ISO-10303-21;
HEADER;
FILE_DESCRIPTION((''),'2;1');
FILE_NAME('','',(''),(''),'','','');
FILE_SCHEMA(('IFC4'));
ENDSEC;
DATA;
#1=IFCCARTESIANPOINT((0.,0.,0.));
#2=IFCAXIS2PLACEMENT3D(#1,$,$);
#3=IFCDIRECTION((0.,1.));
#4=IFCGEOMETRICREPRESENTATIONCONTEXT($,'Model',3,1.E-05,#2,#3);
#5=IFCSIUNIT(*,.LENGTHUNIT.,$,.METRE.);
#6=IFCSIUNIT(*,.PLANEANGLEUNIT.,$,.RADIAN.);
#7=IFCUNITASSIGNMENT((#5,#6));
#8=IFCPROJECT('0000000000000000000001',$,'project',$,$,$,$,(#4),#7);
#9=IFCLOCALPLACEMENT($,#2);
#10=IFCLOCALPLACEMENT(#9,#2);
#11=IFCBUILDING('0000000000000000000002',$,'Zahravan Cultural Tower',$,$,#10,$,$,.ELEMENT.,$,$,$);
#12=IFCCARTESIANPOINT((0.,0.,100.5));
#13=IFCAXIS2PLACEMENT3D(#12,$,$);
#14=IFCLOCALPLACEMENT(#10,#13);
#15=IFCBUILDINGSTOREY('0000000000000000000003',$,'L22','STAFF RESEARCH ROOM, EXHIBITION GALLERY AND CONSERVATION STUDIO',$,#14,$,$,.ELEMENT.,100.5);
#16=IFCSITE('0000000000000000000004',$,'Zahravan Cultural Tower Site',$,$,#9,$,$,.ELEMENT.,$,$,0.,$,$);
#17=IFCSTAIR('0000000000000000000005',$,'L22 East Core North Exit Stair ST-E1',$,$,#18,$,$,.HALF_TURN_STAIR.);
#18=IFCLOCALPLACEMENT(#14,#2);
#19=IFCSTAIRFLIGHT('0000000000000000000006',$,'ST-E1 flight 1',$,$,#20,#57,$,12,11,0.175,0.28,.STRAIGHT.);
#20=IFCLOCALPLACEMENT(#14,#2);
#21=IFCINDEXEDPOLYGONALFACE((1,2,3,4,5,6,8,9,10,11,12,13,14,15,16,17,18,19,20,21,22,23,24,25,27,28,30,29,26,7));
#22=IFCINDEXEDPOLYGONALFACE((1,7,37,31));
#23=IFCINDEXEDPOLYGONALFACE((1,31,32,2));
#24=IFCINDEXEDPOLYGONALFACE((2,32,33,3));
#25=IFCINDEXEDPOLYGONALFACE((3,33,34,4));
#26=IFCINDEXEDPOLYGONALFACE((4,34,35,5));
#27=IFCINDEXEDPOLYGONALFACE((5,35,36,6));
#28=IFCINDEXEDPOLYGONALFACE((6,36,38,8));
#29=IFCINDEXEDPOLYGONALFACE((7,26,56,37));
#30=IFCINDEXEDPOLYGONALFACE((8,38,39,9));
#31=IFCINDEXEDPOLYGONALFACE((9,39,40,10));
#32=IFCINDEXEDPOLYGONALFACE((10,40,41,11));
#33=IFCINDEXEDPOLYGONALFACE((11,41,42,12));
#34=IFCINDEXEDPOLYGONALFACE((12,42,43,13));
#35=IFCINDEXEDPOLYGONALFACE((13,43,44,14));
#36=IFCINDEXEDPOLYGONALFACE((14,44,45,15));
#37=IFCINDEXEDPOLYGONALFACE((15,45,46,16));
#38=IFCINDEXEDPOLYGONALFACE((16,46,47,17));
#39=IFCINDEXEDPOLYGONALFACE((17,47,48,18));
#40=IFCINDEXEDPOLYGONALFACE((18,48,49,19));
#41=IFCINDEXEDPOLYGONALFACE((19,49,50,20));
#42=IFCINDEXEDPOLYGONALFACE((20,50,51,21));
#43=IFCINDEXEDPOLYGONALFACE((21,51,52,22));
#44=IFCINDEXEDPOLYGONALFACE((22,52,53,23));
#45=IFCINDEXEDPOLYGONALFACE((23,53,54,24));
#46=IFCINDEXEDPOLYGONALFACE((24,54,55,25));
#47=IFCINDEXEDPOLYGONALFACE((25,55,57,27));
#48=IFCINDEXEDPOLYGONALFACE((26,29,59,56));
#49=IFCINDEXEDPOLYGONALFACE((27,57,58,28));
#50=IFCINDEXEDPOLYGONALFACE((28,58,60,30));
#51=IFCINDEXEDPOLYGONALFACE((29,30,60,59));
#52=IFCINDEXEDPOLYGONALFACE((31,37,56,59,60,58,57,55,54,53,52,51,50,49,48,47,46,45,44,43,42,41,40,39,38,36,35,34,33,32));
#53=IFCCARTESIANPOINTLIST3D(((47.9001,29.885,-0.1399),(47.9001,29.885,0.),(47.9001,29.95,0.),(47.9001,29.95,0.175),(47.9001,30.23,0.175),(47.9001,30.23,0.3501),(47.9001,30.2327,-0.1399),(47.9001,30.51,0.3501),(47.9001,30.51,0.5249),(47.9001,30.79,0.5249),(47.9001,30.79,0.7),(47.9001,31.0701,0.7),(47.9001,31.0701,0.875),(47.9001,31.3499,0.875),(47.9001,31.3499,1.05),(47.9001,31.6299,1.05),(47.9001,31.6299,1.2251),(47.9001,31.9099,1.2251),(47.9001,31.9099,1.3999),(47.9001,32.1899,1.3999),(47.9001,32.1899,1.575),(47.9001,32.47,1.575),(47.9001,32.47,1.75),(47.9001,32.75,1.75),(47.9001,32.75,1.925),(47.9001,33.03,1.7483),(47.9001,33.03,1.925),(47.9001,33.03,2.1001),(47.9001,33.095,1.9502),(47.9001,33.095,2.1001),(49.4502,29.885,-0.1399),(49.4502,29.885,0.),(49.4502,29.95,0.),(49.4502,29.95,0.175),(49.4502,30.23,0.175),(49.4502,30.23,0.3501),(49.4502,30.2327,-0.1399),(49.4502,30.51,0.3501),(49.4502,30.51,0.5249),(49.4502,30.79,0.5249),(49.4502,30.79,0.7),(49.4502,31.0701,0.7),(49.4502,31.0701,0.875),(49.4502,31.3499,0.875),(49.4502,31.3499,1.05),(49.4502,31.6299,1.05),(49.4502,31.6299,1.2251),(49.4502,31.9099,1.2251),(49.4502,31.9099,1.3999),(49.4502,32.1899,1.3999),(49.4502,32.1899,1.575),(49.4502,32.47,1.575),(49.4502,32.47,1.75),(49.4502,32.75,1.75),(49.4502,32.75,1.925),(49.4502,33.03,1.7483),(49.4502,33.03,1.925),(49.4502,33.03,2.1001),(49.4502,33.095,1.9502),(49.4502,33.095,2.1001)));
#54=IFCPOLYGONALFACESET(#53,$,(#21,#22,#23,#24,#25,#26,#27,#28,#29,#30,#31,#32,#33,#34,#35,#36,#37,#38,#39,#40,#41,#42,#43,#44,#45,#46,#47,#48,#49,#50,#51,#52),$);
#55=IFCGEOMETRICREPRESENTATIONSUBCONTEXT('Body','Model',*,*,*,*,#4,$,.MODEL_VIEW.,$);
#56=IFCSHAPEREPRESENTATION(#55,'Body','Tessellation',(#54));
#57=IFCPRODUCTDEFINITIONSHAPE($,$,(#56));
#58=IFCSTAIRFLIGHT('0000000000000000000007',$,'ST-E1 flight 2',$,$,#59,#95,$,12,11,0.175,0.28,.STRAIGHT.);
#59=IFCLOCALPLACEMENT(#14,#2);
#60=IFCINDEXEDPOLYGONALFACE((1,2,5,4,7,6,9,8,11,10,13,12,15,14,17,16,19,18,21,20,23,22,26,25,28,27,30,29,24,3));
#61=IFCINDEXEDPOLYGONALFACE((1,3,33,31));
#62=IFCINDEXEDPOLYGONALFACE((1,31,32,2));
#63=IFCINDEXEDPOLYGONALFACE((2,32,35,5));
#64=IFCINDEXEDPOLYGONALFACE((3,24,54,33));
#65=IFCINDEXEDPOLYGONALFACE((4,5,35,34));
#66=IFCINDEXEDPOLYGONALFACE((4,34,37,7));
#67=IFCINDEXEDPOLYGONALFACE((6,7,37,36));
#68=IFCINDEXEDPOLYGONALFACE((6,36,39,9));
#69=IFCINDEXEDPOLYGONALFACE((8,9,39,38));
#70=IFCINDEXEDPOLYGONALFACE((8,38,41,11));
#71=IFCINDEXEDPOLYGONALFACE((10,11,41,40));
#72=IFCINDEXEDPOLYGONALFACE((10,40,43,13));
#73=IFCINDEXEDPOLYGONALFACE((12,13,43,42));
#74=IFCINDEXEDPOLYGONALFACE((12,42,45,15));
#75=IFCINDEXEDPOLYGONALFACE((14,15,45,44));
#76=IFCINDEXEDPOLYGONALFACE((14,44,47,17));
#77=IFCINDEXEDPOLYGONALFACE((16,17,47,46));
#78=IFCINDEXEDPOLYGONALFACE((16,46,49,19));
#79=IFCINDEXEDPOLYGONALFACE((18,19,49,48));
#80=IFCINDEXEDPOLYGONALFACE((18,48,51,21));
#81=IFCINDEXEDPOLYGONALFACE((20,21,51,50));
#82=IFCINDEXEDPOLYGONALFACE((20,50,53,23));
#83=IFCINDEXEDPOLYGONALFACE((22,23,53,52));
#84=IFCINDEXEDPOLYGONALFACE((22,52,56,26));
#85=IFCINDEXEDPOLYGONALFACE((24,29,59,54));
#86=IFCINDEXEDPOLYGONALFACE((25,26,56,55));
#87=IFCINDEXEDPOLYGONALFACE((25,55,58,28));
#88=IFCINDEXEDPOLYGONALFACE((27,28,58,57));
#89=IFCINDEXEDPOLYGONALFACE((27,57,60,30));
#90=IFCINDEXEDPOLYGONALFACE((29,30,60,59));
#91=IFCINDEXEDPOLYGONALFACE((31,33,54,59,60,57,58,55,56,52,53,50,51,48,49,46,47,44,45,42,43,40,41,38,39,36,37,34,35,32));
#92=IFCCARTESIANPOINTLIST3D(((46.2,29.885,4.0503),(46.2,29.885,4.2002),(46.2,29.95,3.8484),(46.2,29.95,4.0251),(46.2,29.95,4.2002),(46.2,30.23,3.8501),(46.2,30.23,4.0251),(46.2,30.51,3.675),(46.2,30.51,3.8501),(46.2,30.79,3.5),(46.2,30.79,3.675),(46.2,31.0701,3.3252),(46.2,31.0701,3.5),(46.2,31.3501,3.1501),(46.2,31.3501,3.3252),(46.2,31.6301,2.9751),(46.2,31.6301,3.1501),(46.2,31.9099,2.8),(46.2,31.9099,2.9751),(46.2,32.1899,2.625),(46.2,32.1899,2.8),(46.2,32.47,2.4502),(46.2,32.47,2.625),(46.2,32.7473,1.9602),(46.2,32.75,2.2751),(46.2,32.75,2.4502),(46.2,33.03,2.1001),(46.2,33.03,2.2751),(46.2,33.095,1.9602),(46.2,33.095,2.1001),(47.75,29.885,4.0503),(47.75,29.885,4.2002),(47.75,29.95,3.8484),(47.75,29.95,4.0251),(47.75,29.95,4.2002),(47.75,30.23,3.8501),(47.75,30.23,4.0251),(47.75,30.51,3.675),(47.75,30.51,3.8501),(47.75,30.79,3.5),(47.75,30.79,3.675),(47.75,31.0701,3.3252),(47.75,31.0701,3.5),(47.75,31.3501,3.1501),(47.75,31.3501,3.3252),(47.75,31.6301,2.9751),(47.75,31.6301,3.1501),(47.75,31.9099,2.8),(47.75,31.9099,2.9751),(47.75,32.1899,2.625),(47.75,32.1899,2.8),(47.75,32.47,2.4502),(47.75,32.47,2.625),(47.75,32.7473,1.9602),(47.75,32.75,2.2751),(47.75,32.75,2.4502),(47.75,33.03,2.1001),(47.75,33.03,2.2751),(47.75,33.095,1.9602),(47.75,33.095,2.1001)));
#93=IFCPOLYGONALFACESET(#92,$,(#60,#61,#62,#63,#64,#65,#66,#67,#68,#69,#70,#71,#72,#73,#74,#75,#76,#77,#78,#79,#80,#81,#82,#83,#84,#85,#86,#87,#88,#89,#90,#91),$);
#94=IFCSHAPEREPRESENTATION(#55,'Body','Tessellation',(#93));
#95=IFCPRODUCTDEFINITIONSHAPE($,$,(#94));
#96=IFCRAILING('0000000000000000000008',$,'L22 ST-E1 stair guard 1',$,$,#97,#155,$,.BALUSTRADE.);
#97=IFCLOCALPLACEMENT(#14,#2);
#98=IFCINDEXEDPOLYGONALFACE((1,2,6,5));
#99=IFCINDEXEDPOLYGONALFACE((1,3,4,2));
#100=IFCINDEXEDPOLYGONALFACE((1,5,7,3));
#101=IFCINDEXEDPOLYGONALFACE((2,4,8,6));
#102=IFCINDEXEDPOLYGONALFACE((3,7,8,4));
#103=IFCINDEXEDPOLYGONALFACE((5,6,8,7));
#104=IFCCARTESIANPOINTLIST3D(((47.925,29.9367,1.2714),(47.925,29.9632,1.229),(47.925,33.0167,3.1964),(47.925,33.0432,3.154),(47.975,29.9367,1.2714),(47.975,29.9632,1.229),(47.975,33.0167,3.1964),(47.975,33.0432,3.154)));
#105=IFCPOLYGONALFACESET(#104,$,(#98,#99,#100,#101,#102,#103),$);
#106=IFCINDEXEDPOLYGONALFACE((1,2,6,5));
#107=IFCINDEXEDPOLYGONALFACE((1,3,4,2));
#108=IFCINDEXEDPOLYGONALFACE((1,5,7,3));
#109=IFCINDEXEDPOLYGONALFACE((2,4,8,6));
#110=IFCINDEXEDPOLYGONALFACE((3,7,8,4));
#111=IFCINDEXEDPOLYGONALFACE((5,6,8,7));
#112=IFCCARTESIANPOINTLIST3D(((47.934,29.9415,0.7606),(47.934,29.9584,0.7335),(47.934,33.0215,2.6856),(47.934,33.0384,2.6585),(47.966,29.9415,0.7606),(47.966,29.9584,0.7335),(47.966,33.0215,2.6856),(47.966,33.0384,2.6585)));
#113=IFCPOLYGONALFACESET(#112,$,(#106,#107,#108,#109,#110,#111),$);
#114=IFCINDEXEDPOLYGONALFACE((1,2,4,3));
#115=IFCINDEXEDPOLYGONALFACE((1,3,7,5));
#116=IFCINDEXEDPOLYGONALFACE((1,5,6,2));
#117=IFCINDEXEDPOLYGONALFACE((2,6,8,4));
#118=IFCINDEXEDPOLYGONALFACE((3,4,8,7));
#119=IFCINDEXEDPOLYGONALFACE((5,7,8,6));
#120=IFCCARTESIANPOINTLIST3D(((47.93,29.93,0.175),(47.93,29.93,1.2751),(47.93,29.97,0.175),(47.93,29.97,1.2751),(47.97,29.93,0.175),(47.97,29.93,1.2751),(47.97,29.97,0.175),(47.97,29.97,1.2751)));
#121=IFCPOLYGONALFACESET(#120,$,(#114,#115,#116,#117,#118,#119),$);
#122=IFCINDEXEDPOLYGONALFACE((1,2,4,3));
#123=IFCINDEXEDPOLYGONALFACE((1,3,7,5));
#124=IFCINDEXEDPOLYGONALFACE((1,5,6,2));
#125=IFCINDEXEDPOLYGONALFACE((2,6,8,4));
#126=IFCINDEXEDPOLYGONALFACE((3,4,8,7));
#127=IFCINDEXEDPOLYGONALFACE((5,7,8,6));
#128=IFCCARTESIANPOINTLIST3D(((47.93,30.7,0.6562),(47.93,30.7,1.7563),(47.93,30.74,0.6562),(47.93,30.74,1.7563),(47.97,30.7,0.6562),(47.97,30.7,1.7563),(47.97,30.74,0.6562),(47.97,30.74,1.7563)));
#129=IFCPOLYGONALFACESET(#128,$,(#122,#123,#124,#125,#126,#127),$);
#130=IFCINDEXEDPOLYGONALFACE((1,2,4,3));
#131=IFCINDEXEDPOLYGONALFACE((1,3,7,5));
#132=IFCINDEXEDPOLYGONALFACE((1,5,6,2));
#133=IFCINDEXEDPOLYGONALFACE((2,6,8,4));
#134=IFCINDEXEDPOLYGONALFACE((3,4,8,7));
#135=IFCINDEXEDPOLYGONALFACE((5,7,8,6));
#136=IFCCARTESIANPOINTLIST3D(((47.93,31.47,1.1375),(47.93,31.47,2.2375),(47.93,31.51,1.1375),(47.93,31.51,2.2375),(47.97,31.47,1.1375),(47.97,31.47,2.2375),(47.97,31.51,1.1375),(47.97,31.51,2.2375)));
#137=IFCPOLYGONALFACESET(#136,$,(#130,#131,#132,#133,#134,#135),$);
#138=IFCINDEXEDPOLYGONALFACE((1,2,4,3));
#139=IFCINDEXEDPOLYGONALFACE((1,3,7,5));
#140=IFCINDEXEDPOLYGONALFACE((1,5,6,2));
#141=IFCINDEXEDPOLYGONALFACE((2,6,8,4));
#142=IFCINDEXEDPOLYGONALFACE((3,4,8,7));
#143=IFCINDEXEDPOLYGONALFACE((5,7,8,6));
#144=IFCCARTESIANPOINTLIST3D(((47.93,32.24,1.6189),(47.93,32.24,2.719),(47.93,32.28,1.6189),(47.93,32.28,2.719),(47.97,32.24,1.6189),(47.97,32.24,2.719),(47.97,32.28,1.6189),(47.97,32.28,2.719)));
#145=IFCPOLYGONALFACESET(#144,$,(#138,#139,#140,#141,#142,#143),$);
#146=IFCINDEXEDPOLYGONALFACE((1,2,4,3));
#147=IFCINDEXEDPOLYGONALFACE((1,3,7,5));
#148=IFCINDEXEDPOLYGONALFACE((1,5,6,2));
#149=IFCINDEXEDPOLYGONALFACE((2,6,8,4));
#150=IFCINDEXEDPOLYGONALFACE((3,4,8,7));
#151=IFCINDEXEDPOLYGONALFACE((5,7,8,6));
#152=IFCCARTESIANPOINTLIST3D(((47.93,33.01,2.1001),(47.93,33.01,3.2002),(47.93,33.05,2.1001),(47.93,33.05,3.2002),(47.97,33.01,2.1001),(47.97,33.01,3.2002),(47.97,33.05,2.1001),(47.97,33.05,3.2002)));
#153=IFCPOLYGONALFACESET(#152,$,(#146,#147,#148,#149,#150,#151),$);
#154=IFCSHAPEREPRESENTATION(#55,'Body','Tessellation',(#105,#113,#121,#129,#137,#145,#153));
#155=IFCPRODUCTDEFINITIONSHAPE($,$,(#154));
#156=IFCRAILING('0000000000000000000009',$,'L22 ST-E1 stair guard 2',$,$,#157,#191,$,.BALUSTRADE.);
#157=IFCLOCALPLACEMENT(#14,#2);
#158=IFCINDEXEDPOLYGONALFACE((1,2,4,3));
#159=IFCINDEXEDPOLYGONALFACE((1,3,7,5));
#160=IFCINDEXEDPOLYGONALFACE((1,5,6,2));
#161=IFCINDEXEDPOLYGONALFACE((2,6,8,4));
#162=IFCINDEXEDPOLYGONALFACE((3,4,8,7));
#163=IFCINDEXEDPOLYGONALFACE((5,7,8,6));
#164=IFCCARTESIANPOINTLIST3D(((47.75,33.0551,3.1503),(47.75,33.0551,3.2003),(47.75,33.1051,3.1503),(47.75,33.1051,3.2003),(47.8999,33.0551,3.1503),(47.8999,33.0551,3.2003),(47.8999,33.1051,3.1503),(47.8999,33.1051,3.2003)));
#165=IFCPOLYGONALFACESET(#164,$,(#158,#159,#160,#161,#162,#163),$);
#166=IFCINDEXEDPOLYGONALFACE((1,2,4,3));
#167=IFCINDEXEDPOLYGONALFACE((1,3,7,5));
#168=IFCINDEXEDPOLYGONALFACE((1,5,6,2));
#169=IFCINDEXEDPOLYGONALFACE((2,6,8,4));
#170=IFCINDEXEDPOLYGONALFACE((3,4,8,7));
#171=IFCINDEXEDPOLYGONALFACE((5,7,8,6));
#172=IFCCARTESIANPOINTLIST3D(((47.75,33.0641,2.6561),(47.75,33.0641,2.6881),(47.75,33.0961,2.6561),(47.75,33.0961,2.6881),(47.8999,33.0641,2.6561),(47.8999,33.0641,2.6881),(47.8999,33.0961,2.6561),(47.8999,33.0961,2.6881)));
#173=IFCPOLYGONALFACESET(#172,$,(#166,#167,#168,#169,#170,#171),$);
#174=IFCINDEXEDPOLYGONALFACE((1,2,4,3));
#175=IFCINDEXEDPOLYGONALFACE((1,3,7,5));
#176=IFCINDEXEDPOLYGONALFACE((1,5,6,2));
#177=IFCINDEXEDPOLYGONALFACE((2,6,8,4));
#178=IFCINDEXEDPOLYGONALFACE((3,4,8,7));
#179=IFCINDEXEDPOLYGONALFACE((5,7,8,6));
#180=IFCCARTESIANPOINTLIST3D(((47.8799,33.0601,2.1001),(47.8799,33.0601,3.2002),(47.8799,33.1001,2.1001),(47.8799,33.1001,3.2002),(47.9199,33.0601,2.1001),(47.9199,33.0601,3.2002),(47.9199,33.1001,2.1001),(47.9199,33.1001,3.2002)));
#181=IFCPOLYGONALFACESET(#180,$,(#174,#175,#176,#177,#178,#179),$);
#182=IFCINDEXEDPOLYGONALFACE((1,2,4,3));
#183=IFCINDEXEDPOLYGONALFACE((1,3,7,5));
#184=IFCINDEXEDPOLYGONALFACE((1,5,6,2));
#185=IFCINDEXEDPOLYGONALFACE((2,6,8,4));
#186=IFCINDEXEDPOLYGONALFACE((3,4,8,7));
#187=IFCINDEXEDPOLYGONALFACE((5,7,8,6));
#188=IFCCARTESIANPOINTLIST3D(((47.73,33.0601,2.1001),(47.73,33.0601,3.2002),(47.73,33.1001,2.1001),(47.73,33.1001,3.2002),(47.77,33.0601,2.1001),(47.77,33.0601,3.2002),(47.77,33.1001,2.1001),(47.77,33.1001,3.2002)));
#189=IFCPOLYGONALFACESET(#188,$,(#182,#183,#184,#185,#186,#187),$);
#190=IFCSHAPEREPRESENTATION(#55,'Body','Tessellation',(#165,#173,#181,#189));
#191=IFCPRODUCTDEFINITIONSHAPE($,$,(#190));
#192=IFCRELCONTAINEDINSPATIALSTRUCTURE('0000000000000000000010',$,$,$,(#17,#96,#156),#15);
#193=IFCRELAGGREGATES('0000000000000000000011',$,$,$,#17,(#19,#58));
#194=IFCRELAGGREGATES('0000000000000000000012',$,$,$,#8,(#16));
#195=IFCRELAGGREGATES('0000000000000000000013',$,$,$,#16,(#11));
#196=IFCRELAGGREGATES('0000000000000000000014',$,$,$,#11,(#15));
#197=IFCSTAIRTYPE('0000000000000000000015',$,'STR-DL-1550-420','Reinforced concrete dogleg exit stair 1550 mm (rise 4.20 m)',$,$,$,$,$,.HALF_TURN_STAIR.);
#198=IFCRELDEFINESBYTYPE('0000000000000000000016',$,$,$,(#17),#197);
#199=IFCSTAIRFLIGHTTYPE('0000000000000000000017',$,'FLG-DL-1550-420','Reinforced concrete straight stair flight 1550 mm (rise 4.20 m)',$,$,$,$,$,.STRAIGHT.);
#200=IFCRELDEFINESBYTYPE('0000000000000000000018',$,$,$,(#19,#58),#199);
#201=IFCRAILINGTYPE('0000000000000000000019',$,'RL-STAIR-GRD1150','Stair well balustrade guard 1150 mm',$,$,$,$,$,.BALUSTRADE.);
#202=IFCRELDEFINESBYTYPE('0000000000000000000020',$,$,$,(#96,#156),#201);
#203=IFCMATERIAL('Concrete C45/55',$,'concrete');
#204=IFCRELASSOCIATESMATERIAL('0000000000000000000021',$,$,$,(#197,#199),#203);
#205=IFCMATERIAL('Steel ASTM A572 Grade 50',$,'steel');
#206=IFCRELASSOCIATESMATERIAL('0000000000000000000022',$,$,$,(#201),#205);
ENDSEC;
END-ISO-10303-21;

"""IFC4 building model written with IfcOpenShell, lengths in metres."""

from ifc_helpers import new_model, si_unit, direction, frame, origin, origin_2d, place, context, subcontext, project, spatial, polyline, rectangle, outline, extrude, material, type_object, element, aggregate, save


model = new_model("IFC4")

# Units and contexts
model_context = context("Model", 3, precision=1e-05, world=origin(), true_north=direction((0.0, 1.0)))
body_context = subcontext(model_context, "Body", "Model", "MODEL_VIEW")
ifc_project = project(units=[si_unit("LENGTHUNIT", "METRE"), si_unit("PLANEANGLEUNIT", "RADIAN")], contexts=[model_context])

# Site, building, storey
site_placement = place(None, origin())
site = spatial("IfcSite", under=ifc_project, at=site_placement, Name="Zahravan Cultural Tower Site", CompositionType="ELEMENT", RefElevation=0.0)
building_placement = place(site_placement, origin())
building = spatial("IfcBuilding", under=site, at=building_placement, Name="Zahravan Cultural Tower", CompositionType="ELEMENT")
storey_placement = place(building_placement, frame((0.0, 0.0, 100.5)))
storey = spatial("IfcBuildingStorey", under=building, at=storey_placement, Name="L22", Description="STAFF RESEARCH ROOM, EXHIBITION GALLERY AND CONSERVATION STUDIO", CompositionType="ELEMENT", Elevation=100.5)

# Stair, stair flights
ifc_material_1 = material(Name="Concrete C45/55", Category="concrete")
stair_type = type_object("IfcStairType", Name="STR-DL-1550-420", Description="Reinforced concrete dogleg exit stair 1550 mm (rise 4.20 m)", PredefinedType="HALF_TURN_STAIR", material=ifc_material_1)
stair_placement = place(storey_placement, origin())
stair = element("IfcStair", 1, at=stair_placement, inside=storey, type_object=stair_type, Name="L22 East Core North Exit Stair ST-E1", PredefinedType="HALF_TURN_STAIR")
stair_flight_type = type_object("IfcStairFlightType", Name="FLG-DL-1550-420", Description="Reinforced concrete straight stair flight 1550 mm (rise 4.20 m)", PredefinedType="STRAIGHT", material=ifc_material_1)
stair_flight_1_placement = place(storey_placement, frame((48.675, 29.95, 0.0), z_axis=(0.0, 0.0, 1.0), x_axis=(0.0, 1.0, 0.0)))
stair_flight_1 = element("IfcStairFlight", 2, at=stair_flight_1_placement, type_object=stair_flight_type, Name="ST-E1 flight 1", NumberOfRisers=12, NumberOfTreads=11, PredefinedType="STRAIGHT", RiserHeight=0.175, TreadLength=0.28, context=body_context, shape_type="SweptSolid", body=[
    extrude(outline(polyline([(-0.0649, -0.1399), (-0.0649, 0.0), (0.0, 0.0), (0.0, 0.175), (0.28, 0.175), (0.28, 0.3501), (0.5601, 0.3501), (0.5601, 0.5249), (0.8401, 0.5249), (0.8401, 0.7), (1.1201, 0.7), (1.1201, 0.875), (1.3999, 0.875), (1.3999, 1.05), (1.6799, 1.05), (1.6799, 1.2251), (1.96, 1.2251), (1.96, 1.3999), (2.24, 1.3999), (2.24, 1.575), (2.52, 1.575), (2.52, 1.75), (2.8, 1.75), (2.8, 1.925), (3.0801, 1.925), (3.0801, 2.1001), (3.145, 2.1001), (3.145, 1.9502), (3.0801, 1.7483), (0.2827, -0.1399), (-0.0649, -0.1399)])), frame((0.0, 0.7749, 0.0), z_axis=(0.0, -1.0, 0.0), x_axis=(1.0, 0.0, 0.0)), (0.0, 0.0, 1.0), 1.55),
])
stair_flight_2_placement = place(storey_placement, frame((46.9751, 33.03, 2.1001), z_axis=(0.0, 0.0, 1.0), x_axis=(0.0, -1.0, 0.0)))
stair_flight_2 = element("IfcStairFlight", 3, at=stair_flight_2_placement, type_object=stair_flight_type, Name="ST-E1 flight 2", NumberOfRisers=12, NumberOfTreads=11, PredefinedType="STRAIGHT", RiserHeight=0.175, TreadLength=0.28, context=body_context, shape_type="SweptSolid", body=[
    extrude(outline(polyline([(-0.0649, -0.1399), (-0.0649, 0.0), (0.0, 0.0), (0.0, 0.175), (0.28, 0.175), (0.28, 0.3501), (0.5601, 0.3501), (0.5601, 0.5249), (0.8401, 0.5249), (0.8401, 0.7), (1.1201, 0.7), (1.1201, 0.875), (1.3999, 0.875), (1.3999, 1.05), (1.6799, 1.05), (1.6799, 1.2251), (1.96, 1.2251), (1.96, 1.3999), (2.24, 1.3999), (2.24, 1.575), (2.52, 1.575), (2.52, 1.75), (2.8, 1.75), (2.8, 1.925), (3.0801, 1.925), (3.0801, 2.1001), (3.145, 2.1001), (3.145, 1.9502), (3.0801, 1.7483), (0.2827, -0.1399), (-0.0649, -0.1399)])), frame((0.0, 0.7749, 0.0), z_axis=(0.0, -1.0, 0.0), x_axis=(1.0, 0.0, 0.0)), (0.0, 0.0, 1.0), 1.55),
])
aggregate(stair, [stair_flight_1, stair_flight_2])

# Railings
ifc_material_2 = material(Name="Steel ASTM A572 Grade 50", Category="steel")
railing_type_1 = type_object("IfcRailingType", Name="RL-STAIR-GRD1150", Description="Stair well balustrade guard 1150 mm", PredefinedType="BALUSTRADE", material=ifc_material_2)
railing_1_placement = place(storey_placement, frame((47.95, 29.95, 0.175)))
element("IfcRailing", 4, at=railing_1_placement, inside=storey, type_object=railing_type_1, Name="L22 ST-E1 stair guard 1", PredefinedType="BALUSTRADE", context=body_context, shape_type="SweptSolid", body=[
    extrude(rectangle(XDim=0.05, YDim=0.05, at=origin_2d()), frame((0.0, 0.0, 1.0752), z_axis=(0.0, 0.847998, 0.529999), x_axis=(-1.0, 0.0, 0.0)), (0.0, 0.0, 1.0), 3.6321),
    extrude(rectangle(XDim=0.032, YDim=0.032, at=origin_2d()), frame((0.0, 0.0, 0.572), z_axis=(0.0, 0.847998, 0.529999), x_axis=(-1.0, 0.0, 0.0)), (0.0, 0.0, 1.0), 3.6321),
    extrude(rectangle(XDim=0.04, YDim=0.04, at=origin_2d()), origin(), (0.0, 0.0, 1.0), 1.1001),
    extrude(rectangle(XDim=0.04, YDim=0.04, at=origin_2d()), frame((0.0, 0.77, 0.4812)), (0.0, 0.0, 1.0), 1.1001),
    extrude(rectangle(XDim=0.04, YDim=0.04, at=origin_2d()), frame((0.0, 1.54, 0.9624)), (0.0, 0.0, 1.0), 1.1001),
    extrude(rectangle(XDim=0.04, YDim=0.04, at=origin_2d()), frame((0.0, 2.3101, 1.4438)), (0.0, 0.0, 1.0), 1.1001),
    extrude(rectangle(XDim=0.04, YDim=0.04, at=origin_2d()), frame((0.0, 3.0801, 1.925)), (0.0, 0.0, 1.0), 1.1001),
])
railing_2_placement = place(storey_placement, frame((47.8999, 33.0801, 2.1001)))
element("IfcRailing", 5, at=railing_2_placement, inside=storey, type_object=railing_type_1, Name="L22 ST-E1 stair guard 2", PredefinedType="BALUSTRADE", context=body_context, shape_type="SweptSolid", body=[
    extrude(rectangle(XDim=0.05, YDim=0.05, at=origin_2d()), frame((0.0, 0.0, 1.0752), z_axis=(-1.0, 0.0, 0.0), x_axis=(0.0, -1.0, 0.0)), (0.0, 0.0, 1.0), 0.1499),
    extrude(rectangle(XDim=0.032, YDim=0.032, at=origin_2d()), frame((0.0, 0.0, 0.572), z_axis=(-1.0, 0.0, 0.0), x_axis=(0.0, -1.0, 0.0)), (0.0, 0.0, 1.0), 0.1499),
    extrude(rectangle(XDim=0.04, YDim=0.04, at=origin_2d()), origin(), (0.0, 0.0, 1.0), 1.1001),
    extrude(rectangle(XDim=0.04, YDim=0.04, at=origin_2d()), frame((-0.1499, 0.0, 0.0)), (0.0, 0.0, 1.0), 1.1001),
])

save(model, "model.ifc")
